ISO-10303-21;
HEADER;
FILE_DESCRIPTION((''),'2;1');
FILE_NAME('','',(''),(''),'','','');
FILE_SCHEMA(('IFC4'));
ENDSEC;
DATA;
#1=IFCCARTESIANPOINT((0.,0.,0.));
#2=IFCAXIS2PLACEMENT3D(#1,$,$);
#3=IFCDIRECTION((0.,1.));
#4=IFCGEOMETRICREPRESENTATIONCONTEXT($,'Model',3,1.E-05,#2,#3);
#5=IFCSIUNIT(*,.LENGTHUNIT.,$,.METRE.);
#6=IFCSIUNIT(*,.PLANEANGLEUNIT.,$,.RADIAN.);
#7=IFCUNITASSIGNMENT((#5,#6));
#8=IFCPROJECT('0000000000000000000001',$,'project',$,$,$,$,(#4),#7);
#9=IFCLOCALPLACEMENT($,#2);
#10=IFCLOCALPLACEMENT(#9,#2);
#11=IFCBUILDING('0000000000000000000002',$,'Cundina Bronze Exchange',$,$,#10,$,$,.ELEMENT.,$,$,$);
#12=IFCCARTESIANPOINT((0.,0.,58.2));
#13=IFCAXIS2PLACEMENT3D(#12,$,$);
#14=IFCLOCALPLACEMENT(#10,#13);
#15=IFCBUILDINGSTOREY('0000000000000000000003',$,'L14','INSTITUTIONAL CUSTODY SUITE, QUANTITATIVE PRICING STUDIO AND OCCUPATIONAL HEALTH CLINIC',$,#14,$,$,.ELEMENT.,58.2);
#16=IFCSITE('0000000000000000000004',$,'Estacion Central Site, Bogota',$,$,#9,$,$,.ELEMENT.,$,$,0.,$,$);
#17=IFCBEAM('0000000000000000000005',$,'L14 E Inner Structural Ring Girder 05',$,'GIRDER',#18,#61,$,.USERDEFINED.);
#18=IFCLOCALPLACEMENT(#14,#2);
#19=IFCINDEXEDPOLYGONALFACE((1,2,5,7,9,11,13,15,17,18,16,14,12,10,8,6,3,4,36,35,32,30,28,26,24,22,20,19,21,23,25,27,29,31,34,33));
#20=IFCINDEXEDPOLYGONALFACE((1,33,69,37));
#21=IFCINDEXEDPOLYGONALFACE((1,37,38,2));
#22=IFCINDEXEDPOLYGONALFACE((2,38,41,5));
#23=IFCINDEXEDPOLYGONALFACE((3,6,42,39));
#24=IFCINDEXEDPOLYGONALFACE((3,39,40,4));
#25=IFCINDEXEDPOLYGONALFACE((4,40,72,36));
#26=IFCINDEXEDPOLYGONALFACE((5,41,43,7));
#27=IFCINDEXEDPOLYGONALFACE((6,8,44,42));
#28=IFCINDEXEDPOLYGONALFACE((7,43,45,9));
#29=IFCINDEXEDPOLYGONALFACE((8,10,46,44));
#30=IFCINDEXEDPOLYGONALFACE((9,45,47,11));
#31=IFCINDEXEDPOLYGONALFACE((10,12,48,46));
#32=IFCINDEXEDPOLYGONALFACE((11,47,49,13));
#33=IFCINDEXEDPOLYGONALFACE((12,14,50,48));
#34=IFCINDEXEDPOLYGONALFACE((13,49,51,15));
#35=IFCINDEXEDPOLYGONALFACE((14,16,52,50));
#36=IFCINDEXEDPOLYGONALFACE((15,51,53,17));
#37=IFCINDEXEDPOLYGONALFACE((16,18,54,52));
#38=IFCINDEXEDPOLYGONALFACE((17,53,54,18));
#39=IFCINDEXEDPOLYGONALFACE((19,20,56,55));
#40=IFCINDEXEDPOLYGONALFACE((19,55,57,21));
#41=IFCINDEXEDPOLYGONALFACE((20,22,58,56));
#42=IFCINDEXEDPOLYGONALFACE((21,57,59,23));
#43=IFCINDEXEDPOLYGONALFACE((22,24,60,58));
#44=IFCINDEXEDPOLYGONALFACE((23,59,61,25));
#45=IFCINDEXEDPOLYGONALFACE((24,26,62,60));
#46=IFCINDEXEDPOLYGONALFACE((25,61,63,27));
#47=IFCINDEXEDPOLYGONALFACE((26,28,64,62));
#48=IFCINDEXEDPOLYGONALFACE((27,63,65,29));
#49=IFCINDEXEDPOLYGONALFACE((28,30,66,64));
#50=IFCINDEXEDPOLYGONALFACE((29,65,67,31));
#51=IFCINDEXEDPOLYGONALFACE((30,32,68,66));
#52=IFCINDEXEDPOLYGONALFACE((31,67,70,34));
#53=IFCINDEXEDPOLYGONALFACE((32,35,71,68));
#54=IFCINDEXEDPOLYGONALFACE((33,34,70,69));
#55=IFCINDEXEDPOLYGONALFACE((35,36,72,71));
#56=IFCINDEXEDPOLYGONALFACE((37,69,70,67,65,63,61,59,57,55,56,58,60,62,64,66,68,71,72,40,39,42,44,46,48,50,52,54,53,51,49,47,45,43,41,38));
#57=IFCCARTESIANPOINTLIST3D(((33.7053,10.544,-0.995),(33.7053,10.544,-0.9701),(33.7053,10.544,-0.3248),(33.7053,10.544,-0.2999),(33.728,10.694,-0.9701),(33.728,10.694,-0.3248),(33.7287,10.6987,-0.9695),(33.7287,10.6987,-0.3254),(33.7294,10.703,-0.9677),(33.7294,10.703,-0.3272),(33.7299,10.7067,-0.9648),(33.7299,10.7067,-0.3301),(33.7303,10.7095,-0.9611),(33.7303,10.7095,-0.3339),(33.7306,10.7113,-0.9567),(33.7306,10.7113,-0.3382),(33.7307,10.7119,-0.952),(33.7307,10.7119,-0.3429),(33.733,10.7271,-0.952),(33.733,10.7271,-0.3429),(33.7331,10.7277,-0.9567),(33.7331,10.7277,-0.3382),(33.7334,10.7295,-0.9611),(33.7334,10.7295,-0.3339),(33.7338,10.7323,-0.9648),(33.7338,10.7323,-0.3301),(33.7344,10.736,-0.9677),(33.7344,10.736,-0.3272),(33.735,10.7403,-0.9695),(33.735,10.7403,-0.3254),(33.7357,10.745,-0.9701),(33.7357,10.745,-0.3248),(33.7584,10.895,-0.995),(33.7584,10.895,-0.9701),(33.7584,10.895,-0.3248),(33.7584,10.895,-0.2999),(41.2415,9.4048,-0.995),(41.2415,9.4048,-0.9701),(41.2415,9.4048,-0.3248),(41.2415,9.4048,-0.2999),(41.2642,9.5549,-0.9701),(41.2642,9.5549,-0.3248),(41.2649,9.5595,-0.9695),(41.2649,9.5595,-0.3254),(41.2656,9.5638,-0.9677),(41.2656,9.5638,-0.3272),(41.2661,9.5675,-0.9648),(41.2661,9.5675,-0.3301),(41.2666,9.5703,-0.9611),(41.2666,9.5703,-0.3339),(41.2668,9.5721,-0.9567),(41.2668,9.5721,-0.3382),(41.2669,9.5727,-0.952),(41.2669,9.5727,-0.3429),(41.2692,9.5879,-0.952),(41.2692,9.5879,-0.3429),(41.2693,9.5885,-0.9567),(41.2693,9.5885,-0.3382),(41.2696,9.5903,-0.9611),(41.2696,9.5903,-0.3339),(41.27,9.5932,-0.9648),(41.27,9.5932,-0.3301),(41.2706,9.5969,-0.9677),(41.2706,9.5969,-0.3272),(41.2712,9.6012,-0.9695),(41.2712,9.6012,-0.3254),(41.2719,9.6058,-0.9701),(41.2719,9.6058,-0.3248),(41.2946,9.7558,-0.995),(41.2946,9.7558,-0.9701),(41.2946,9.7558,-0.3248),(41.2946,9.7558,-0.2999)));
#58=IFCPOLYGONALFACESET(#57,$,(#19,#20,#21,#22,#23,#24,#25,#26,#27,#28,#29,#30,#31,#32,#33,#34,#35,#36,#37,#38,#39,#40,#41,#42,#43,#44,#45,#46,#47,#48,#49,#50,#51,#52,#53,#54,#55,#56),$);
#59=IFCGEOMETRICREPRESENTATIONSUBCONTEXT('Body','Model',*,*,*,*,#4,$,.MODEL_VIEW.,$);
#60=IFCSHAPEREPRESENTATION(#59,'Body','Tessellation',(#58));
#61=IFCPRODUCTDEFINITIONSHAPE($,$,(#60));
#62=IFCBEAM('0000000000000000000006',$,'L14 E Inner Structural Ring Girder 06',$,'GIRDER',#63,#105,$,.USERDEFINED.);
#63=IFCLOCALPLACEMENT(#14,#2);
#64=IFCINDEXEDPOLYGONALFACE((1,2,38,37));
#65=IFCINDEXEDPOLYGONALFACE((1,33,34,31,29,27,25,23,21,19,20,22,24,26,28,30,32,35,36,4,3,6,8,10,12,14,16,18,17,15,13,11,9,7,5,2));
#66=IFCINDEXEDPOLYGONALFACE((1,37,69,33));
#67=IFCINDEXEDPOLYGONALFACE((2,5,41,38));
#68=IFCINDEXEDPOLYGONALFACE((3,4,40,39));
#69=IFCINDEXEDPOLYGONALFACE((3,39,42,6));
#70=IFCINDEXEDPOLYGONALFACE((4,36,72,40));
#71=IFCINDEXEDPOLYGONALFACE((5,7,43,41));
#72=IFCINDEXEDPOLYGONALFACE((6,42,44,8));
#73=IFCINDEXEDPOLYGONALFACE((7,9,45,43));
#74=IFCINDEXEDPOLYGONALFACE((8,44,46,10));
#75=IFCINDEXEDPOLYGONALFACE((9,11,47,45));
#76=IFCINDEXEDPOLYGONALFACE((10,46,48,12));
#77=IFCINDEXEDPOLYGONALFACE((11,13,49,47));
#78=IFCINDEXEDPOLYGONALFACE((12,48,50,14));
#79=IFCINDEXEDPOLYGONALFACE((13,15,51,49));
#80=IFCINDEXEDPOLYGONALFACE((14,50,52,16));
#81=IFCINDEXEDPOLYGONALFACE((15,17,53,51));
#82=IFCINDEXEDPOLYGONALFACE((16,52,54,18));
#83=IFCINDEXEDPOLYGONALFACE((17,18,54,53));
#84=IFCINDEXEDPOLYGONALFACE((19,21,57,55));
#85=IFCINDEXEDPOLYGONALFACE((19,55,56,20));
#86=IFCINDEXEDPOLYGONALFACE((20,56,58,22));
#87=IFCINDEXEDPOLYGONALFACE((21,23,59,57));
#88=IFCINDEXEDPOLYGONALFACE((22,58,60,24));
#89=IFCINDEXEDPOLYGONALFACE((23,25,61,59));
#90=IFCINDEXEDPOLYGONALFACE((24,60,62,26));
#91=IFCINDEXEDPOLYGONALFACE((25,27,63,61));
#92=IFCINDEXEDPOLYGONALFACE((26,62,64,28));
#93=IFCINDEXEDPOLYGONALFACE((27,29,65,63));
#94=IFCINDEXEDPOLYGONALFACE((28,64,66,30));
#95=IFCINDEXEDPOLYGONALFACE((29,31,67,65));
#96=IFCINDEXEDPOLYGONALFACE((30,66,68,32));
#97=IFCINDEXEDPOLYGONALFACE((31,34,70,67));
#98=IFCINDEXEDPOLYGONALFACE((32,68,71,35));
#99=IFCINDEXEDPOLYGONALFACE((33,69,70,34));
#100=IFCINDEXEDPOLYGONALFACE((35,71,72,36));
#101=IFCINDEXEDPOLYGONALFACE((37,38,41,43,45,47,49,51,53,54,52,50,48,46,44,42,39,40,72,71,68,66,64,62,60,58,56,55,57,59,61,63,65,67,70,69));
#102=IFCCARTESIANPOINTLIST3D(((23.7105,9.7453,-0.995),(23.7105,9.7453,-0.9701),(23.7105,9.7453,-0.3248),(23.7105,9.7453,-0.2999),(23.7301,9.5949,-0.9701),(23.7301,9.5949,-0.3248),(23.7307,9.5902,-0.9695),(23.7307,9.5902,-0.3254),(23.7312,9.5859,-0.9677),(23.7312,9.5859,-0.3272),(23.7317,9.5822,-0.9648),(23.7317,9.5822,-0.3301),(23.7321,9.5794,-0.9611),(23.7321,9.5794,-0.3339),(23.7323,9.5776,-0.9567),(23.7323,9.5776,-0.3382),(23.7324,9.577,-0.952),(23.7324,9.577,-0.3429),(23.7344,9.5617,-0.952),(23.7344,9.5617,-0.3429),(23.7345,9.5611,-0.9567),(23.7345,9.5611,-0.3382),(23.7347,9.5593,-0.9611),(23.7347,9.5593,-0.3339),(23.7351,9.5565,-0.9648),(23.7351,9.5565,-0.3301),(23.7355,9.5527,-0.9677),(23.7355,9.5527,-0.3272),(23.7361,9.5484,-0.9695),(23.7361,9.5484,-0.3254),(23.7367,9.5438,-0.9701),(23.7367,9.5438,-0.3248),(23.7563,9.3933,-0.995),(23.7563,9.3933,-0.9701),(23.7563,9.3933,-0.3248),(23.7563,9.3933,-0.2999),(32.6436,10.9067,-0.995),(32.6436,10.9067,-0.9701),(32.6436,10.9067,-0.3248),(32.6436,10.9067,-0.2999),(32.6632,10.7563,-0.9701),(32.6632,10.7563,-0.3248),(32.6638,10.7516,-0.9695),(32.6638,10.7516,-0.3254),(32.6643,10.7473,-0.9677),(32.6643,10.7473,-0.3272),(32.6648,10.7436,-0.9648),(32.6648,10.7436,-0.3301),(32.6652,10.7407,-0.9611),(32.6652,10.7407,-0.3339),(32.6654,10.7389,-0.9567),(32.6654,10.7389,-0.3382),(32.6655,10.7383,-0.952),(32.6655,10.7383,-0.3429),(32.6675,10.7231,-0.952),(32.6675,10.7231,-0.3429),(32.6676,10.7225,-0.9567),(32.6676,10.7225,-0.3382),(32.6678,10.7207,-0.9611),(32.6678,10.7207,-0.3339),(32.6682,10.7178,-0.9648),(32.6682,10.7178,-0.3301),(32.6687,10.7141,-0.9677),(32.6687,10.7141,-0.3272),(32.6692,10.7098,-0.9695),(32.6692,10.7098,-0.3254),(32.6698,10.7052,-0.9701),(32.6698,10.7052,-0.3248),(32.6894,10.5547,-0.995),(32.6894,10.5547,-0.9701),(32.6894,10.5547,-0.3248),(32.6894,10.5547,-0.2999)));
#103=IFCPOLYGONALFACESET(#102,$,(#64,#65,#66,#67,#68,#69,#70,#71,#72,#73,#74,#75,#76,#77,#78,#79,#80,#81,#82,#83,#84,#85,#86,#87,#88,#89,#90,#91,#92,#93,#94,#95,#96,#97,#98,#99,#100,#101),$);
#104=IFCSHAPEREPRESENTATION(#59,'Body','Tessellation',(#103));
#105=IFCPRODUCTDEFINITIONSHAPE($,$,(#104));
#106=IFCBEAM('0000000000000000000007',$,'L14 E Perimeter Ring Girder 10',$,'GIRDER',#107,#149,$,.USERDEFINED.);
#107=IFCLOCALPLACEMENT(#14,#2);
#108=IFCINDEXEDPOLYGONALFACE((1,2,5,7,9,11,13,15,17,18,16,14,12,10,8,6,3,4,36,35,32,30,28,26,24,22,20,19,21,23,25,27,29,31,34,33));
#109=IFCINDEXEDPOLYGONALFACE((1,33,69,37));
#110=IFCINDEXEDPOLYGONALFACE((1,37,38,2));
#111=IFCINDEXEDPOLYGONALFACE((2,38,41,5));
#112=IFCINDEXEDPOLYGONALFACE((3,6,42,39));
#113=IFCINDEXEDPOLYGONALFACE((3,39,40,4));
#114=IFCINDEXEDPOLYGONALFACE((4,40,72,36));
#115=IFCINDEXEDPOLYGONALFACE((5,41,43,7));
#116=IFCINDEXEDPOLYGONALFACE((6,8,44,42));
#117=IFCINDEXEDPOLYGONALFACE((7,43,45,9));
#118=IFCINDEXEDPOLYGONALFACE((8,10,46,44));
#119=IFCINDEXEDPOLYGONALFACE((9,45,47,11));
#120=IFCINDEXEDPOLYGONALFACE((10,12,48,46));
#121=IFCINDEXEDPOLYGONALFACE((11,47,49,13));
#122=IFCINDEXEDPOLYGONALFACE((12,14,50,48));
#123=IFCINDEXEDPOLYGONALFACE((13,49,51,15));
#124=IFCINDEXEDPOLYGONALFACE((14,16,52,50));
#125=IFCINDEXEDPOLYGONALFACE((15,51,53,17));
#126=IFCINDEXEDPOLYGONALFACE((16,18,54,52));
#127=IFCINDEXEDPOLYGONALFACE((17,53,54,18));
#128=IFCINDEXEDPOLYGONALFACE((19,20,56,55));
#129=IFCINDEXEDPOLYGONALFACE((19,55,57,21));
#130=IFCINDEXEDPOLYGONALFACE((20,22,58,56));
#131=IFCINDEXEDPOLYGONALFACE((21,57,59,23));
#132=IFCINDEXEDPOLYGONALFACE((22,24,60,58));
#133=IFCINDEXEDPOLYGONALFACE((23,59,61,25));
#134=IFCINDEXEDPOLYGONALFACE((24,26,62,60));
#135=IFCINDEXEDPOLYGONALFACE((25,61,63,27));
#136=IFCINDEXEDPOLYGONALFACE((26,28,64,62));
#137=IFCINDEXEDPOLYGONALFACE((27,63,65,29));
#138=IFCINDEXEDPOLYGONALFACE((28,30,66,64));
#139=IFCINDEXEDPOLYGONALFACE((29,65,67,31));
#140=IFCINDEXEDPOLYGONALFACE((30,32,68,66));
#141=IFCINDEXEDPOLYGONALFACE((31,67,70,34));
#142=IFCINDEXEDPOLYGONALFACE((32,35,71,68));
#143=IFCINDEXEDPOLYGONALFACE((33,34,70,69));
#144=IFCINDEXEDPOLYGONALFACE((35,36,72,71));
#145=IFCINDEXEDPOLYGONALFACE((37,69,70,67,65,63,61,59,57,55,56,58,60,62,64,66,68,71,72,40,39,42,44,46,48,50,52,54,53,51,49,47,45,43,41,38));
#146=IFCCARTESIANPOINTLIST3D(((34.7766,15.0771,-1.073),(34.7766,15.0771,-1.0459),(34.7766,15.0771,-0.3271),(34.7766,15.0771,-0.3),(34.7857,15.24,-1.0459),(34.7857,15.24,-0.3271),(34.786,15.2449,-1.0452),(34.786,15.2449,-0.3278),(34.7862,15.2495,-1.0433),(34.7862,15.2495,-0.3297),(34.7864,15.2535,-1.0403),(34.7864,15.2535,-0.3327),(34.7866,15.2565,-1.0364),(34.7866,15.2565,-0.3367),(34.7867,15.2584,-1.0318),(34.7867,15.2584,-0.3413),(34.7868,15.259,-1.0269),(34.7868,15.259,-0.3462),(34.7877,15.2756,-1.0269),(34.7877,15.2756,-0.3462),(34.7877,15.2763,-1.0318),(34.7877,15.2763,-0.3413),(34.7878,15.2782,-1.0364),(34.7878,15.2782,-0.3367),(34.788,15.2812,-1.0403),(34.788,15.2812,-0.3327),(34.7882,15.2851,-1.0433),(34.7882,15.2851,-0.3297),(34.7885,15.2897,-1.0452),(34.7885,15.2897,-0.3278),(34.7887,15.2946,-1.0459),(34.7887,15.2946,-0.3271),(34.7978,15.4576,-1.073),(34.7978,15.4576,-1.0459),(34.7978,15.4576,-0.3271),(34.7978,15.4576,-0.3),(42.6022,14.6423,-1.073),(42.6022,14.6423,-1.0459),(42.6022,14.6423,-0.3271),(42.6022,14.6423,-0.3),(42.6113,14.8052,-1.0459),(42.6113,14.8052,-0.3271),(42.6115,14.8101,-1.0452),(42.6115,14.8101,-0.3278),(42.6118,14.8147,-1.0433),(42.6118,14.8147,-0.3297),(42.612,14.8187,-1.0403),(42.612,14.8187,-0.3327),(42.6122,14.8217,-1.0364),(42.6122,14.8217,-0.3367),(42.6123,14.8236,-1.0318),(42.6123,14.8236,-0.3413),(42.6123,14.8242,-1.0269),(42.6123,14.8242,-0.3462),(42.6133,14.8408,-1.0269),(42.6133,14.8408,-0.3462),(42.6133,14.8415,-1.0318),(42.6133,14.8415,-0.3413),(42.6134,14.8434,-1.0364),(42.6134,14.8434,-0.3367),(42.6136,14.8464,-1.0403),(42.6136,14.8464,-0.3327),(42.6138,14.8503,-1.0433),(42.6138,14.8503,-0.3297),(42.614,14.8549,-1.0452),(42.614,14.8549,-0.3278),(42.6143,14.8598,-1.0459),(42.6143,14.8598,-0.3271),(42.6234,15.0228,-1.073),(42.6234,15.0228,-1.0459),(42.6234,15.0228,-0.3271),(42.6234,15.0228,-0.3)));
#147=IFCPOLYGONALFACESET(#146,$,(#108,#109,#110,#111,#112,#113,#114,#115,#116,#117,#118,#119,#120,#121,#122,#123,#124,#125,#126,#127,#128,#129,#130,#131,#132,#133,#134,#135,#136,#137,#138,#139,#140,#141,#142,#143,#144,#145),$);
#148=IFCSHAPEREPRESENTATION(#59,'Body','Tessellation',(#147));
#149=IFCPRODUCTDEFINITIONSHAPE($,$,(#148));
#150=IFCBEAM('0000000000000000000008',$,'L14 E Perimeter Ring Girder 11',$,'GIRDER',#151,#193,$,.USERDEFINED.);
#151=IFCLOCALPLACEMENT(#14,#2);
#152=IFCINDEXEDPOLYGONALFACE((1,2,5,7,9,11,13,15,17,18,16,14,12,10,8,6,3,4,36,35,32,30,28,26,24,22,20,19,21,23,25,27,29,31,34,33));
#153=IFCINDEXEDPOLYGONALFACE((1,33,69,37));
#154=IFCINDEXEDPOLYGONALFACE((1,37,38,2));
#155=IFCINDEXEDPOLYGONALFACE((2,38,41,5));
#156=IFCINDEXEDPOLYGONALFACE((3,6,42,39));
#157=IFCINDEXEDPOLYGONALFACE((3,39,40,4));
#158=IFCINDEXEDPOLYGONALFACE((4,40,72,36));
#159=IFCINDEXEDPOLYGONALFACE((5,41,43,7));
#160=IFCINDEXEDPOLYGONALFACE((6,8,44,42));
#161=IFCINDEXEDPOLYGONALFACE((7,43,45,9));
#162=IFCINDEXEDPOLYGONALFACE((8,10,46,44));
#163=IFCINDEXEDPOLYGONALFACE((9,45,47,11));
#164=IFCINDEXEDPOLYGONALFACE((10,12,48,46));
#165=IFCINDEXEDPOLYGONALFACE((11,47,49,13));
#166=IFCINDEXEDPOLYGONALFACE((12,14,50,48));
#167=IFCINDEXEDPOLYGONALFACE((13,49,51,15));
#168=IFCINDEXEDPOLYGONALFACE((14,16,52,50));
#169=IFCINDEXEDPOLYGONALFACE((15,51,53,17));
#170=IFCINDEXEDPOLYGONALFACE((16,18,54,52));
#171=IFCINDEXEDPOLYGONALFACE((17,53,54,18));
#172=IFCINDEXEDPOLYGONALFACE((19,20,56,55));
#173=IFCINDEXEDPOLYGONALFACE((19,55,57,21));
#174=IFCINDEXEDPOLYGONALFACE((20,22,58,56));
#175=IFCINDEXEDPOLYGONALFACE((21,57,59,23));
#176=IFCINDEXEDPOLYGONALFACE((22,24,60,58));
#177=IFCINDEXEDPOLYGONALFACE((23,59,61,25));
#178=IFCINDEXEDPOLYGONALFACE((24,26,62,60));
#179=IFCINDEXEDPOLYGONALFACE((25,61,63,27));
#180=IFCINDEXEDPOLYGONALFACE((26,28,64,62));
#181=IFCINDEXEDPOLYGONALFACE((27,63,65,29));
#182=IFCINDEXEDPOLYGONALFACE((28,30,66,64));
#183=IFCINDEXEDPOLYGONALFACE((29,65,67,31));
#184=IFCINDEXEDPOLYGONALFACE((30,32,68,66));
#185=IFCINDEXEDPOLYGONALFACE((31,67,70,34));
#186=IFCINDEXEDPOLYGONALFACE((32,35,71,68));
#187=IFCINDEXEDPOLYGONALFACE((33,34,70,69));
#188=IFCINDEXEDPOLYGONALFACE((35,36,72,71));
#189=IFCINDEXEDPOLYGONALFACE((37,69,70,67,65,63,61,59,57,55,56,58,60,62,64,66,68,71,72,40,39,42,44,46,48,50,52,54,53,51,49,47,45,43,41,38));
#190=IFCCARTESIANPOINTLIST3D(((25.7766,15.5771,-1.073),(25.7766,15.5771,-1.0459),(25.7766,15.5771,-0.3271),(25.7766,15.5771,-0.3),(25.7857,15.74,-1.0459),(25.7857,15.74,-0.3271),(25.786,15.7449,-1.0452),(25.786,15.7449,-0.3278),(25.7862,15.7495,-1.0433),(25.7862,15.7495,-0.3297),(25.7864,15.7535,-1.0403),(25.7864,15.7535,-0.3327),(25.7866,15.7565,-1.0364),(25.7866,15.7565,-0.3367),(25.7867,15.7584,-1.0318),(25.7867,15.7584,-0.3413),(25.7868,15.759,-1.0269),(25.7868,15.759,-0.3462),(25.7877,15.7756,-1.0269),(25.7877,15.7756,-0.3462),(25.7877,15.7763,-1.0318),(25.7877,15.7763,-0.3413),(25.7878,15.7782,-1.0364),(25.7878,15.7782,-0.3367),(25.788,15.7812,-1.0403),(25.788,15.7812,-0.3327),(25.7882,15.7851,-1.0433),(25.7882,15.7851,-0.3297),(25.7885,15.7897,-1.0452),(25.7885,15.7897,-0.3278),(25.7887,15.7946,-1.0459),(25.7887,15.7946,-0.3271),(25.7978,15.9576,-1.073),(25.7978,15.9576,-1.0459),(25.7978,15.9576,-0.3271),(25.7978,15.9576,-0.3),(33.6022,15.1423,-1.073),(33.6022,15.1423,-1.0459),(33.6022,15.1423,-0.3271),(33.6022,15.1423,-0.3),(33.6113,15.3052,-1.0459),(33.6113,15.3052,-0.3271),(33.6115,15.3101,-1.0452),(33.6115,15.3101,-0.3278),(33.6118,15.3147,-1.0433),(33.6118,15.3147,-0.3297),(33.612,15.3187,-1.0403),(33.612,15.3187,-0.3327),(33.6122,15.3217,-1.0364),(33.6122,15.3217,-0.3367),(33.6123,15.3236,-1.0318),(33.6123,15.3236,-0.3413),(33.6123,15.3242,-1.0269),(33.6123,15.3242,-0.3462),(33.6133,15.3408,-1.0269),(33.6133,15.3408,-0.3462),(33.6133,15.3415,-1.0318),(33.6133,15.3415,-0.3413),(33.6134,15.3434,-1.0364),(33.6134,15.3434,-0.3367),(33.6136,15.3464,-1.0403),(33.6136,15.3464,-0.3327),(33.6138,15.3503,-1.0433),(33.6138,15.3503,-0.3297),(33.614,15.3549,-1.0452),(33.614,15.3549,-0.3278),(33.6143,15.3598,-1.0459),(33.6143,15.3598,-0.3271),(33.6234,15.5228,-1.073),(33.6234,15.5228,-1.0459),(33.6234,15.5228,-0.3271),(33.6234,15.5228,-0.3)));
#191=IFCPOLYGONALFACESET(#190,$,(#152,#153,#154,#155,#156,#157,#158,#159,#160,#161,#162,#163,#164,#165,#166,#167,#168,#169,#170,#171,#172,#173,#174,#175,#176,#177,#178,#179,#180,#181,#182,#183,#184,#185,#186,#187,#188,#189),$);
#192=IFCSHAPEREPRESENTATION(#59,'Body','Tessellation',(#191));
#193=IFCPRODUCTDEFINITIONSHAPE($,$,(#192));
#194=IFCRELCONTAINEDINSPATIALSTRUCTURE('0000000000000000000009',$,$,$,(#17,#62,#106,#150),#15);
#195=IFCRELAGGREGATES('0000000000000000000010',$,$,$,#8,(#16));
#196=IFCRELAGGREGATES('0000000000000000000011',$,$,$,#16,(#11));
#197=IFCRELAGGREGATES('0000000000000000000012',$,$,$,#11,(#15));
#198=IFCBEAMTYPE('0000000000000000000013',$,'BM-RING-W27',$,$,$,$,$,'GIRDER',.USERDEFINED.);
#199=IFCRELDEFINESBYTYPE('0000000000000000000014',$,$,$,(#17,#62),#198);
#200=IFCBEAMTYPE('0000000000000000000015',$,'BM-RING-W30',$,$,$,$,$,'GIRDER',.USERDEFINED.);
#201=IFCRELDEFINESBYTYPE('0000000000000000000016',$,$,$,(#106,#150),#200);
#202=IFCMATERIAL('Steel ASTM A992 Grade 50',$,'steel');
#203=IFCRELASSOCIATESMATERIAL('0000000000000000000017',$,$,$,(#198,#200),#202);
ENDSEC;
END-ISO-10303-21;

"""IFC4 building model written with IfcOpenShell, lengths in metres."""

from ifc_helpers import new_model, si_unit, direction, frame, origin, origin_2d, place, context, subcontext, project, spatial, i_section, extrude, material, material_profile, profile_set, type_object, element, save


model = new_model("IFC4")

# Units and contexts
model_context = context("Model", 3, precision=1e-05, world=origin(), true_north=direction((0.0, 1.0)))
body_context = subcontext(model_context, "Body", "Model", "MODEL_VIEW")
ifc_project = project(units=[si_unit("LENGTHUNIT", "METRE"), si_unit("PLANEANGLEUNIT", "RADIAN")], contexts=[model_context])

# Site, building, storey
site_placement = place(None, origin())
site = spatial("IfcSite", under=ifc_project, at=site_placement, Name="Estacion Central Site, Bogota", CompositionType="ELEMENT", RefElevation=0.0)
building_placement = place(site_placement, origin())
building = spatial("IfcBuilding", under=site, at=building_placement, Name="Cundina Bronze Exchange", CompositionType="ELEMENT")
storey_placement = place(building_placement, frame((0.0, 0.0, 58.2)))
storey = spatial("IfcBuildingStorey", under=building, at=storey_placement, Name="L14", Description="INSTITUTIONAL CUSTODY SUITE, QUANTITATIVE PRICING STUDIO AND OCCUPATIONAL HEALTH CLINIC", CompositionType="ELEMENT", Elevation=58.2)

# Beams
ifc_material_1 = material(Name="Steel ASTM A992 Grade 50", Category="steel")
ifc_material_profile_1 = material_profile(ifc_material_1, i_section(OverallWidth=0.355, OverallDepth=0.6951, WebThickness=0.0154, FlangeThickness=0.0249, FilletRadius=0.0181, at=origin_2d()), Name="W27X146", Category="steel")
ifc_profile_set_1 = profile_set([ifc_material_profile_1], Name="Steel ASTM A992 Grade 50")
beam_type_1 = type_object("IfcBeamType", Name="BM-RING-W27", ElementType="GIRDER", PredefinedType="USERDEFINED", material=ifc_profile_set_1)
beam_1_placement = place(storey_placement, frame((41.2681, 9.5803, -0.6475), z_axis=(-0.988767, 0.149462, 0.0), x_axis=(-0.149462, -0.988767, 0.0)))
element("IfcBeam", 1, at=beam_1_placement, inside=storey, type_object=beam_type_1, Name="L14 E Inner Structural Ring Girder 05", ObjectType="GIRDER", PredefinedType="USERDEFINED", context=body_context, shape_type="SweptSolid", body=[
    extrude(i_section(OverallWidth=0.355, OverallDepth=0.6951, WebThickness=0.0154, FlangeThickness=0.0249, FilletRadius=0.0181, at=origin_2d()), origin(), (0.0, 0.0, 1.0), 7.6218),
])
beam_2_placement = place(storey_placement, frame((32.6665, 10.7307, -0.6475), z_axis=(-0.991655, -0.128923, 0.0), x_axis=(0.128923, -0.991655, 0.0)))
element("IfcBeam", 2, at=beam_2_placement, inside=storey, type_object=beam_type_1, Name="L14 E Inner Structural Ring Girder 06", ObjectType="GIRDER", PredefinedType="USERDEFINED", context=body_context, shape_type="SweptSolid", body=[
    extrude(i_section(OverallWidth=0.355, OverallDepth=0.6951, WebThickness=0.0154, FlangeThickness=0.0249, FilletRadius=0.0181, at=origin_2d()), origin(), (0.0, 0.0, 1.0), 9.0083),
])
ifc_material_profile_2 = material_profile(ifc_material_1, i_section(OverallWidth=0.3811, OverallDepth=0.7729, WebThickness=0.0166, FlangeThickness=0.0271, FilletRadius=0.019, at=origin_2d()), Name="W30X173", Category="steel")
ifc_profile_set_2 = profile_set([ifc_material_profile_2], Name="Steel ASTM A992 Grade 50")
beam_type_2 = type_object("IfcBeamType", Name="BM-RING-W30", ElementType="GIRDER", PredefinedType="USERDEFINED", material=ifc_profile_set_2)
for number, where, z_axis, x_axis, name in (
    (3, (42.6128, 14.8325, -0.6865), (-0.99846, 0.055477, 0.0), (-0.055477, -0.99846, 0.0), "L14 E Perimeter Ring Girder 10"),
    (4, (33.6128, 15.3325, -0.6865), (-0.99846, 0.055477, 0.0), (-0.055477, -0.99846, 0.0), "L14 E Perimeter Ring Girder 11"),
):
    element("IfcBeam", number, at=place(storey_placement, frame(where, z_axis=z_axis, x_axis=x_axis)), inside=storey, type_object=beam_type_2, Name=name, ObjectType="GIRDER", PredefinedType="USERDEFINED", context=body_context, shape_type="SweptSolid", body=[
        extrude(i_section(OverallWidth=0.3811, OverallDepth=0.7729, WebThickness=0.0166, FlangeThickness=0.0271, FilletRadius=0.019, at=origin_2d()), origin(), (0.0, 0.0, 1.0), 7.8376),
    ])

save(model, "model.ifc")
